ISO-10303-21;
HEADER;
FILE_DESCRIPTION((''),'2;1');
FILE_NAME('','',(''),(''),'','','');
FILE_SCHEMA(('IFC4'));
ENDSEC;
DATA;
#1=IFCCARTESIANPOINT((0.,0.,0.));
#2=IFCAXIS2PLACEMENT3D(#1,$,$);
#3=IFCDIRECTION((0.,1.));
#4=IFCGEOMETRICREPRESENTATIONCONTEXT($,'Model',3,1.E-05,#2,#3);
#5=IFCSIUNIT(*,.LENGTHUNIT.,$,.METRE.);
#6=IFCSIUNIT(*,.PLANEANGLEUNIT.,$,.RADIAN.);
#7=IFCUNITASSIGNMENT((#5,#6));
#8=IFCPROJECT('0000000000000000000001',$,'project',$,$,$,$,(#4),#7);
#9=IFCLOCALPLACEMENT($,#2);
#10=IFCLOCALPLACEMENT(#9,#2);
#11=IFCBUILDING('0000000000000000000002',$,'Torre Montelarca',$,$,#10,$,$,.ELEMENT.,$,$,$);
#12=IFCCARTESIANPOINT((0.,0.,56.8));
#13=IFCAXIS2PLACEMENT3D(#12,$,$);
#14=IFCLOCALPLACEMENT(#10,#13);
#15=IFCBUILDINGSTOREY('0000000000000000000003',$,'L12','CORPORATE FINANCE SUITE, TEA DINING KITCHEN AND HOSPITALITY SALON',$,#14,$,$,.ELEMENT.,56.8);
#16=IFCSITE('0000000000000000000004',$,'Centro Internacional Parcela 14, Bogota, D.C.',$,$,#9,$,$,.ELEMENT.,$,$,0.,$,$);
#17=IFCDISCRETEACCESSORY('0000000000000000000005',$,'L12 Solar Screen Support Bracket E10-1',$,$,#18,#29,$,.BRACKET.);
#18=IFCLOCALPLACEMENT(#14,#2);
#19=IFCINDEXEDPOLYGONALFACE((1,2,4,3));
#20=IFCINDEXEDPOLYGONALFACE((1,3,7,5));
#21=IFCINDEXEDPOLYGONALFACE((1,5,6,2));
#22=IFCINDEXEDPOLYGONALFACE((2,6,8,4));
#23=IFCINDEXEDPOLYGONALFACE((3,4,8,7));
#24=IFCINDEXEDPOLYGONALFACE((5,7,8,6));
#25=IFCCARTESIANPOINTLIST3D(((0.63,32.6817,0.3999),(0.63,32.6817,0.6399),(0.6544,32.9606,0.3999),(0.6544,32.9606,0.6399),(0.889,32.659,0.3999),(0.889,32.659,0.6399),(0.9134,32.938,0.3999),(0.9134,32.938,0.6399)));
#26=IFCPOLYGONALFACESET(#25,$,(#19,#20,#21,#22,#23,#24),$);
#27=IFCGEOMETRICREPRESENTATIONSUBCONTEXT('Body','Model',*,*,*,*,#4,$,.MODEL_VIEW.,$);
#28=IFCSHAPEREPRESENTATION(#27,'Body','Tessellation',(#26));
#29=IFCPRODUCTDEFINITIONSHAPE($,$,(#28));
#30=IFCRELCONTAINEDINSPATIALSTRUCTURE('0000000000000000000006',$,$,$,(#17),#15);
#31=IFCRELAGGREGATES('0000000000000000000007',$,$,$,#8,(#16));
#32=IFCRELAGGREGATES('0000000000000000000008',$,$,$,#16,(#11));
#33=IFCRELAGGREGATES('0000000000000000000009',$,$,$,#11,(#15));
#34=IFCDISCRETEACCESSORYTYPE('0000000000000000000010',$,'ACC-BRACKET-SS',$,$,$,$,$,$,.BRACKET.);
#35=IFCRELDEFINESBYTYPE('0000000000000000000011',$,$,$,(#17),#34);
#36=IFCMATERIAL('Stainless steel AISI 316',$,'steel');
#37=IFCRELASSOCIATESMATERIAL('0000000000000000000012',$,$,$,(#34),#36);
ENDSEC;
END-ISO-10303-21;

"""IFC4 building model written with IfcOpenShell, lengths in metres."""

from ifc_helpers import new_model, si_unit, direction, frame, origin, origin_2d, place, context, subcontext, project, spatial, rectangle, extrude, source, transform, mapped, material, type_object, element, save


model = new_model("IFC4")

# Units and contexts
model_context = context("Model", 3, precision=1e-05, world=origin(), true_north=direction((0.0, 1.0)))
body_context = subcontext(model_context, "Body", "Model", "MODEL_VIEW")
ifc_project = project(units=[si_unit("LENGTHUNIT", "METRE"), si_unit("PLANEANGLEUNIT", "RADIAN")], contexts=[model_context])

# Site, building, storey
site_placement = place(None, origin())
site = spatial("IfcSite", under=ifc_project, at=site_placement, Name="Centro Internacional Parcela 14, Bogota, D.C.", CompositionType="ELEMENT", RefElevation=0.0)
building_placement = place(site_placement, origin())
building = spatial("IfcBuilding", under=site, at=building_placement, Name="Torre Montelarca", CompositionType="ELEMENT")
storey_placement = place(building_placement, frame((0.0, 0.0, 56.8)))
storey = spatial("IfcBuildingStorey", under=building, at=storey_placement, Name="L12", Description="CORPORATE FINANCE SUITE, TEA DINING KITCHEN AND HOSPITALITY SALON", CompositionType="ELEMENT", Elevation=56.8)

# Discrete accessory
ifc_material_1 = material(Name="Stainless steel AISI 316", Category="steel")
discrete_accessory_type = type_object("IfcDiscreteAccessoryType", Name="ACC-BRACKET-SS", PredefinedType="BRACKET", material=ifc_material_1)
shared_shape_1 = source(origin(), body_context, "Body", "SweptSolid", [
    extrude(rectangle(XDim=0.28, YDim=0.26, at=origin_2d()), origin(), (0.0, 0.0, 1.0), 0.24),
])
discrete_accessory_placement = place(storey_placement, frame((0.7717, 32.8098, 0.3999), z_axis=(0.0, 0.0, 1.0), x_axis=(-0.087157, -0.996195, 0.0)))
element("IfcDiscreteAccessory", 1, at=discrete_accessory_placement, inside=storey, type_object=discrete_accessory_type, Name="L12 Solar Screen Support Bracket E10-1", PredefinedType="BRACKET", context=body_context, shape_type="MappedRepresentation", body=[
    mapped(shared_shape_1, transform((0.0, 0.0, 0.0), scale=1.0)),
])

save(model, "model.ifc")
